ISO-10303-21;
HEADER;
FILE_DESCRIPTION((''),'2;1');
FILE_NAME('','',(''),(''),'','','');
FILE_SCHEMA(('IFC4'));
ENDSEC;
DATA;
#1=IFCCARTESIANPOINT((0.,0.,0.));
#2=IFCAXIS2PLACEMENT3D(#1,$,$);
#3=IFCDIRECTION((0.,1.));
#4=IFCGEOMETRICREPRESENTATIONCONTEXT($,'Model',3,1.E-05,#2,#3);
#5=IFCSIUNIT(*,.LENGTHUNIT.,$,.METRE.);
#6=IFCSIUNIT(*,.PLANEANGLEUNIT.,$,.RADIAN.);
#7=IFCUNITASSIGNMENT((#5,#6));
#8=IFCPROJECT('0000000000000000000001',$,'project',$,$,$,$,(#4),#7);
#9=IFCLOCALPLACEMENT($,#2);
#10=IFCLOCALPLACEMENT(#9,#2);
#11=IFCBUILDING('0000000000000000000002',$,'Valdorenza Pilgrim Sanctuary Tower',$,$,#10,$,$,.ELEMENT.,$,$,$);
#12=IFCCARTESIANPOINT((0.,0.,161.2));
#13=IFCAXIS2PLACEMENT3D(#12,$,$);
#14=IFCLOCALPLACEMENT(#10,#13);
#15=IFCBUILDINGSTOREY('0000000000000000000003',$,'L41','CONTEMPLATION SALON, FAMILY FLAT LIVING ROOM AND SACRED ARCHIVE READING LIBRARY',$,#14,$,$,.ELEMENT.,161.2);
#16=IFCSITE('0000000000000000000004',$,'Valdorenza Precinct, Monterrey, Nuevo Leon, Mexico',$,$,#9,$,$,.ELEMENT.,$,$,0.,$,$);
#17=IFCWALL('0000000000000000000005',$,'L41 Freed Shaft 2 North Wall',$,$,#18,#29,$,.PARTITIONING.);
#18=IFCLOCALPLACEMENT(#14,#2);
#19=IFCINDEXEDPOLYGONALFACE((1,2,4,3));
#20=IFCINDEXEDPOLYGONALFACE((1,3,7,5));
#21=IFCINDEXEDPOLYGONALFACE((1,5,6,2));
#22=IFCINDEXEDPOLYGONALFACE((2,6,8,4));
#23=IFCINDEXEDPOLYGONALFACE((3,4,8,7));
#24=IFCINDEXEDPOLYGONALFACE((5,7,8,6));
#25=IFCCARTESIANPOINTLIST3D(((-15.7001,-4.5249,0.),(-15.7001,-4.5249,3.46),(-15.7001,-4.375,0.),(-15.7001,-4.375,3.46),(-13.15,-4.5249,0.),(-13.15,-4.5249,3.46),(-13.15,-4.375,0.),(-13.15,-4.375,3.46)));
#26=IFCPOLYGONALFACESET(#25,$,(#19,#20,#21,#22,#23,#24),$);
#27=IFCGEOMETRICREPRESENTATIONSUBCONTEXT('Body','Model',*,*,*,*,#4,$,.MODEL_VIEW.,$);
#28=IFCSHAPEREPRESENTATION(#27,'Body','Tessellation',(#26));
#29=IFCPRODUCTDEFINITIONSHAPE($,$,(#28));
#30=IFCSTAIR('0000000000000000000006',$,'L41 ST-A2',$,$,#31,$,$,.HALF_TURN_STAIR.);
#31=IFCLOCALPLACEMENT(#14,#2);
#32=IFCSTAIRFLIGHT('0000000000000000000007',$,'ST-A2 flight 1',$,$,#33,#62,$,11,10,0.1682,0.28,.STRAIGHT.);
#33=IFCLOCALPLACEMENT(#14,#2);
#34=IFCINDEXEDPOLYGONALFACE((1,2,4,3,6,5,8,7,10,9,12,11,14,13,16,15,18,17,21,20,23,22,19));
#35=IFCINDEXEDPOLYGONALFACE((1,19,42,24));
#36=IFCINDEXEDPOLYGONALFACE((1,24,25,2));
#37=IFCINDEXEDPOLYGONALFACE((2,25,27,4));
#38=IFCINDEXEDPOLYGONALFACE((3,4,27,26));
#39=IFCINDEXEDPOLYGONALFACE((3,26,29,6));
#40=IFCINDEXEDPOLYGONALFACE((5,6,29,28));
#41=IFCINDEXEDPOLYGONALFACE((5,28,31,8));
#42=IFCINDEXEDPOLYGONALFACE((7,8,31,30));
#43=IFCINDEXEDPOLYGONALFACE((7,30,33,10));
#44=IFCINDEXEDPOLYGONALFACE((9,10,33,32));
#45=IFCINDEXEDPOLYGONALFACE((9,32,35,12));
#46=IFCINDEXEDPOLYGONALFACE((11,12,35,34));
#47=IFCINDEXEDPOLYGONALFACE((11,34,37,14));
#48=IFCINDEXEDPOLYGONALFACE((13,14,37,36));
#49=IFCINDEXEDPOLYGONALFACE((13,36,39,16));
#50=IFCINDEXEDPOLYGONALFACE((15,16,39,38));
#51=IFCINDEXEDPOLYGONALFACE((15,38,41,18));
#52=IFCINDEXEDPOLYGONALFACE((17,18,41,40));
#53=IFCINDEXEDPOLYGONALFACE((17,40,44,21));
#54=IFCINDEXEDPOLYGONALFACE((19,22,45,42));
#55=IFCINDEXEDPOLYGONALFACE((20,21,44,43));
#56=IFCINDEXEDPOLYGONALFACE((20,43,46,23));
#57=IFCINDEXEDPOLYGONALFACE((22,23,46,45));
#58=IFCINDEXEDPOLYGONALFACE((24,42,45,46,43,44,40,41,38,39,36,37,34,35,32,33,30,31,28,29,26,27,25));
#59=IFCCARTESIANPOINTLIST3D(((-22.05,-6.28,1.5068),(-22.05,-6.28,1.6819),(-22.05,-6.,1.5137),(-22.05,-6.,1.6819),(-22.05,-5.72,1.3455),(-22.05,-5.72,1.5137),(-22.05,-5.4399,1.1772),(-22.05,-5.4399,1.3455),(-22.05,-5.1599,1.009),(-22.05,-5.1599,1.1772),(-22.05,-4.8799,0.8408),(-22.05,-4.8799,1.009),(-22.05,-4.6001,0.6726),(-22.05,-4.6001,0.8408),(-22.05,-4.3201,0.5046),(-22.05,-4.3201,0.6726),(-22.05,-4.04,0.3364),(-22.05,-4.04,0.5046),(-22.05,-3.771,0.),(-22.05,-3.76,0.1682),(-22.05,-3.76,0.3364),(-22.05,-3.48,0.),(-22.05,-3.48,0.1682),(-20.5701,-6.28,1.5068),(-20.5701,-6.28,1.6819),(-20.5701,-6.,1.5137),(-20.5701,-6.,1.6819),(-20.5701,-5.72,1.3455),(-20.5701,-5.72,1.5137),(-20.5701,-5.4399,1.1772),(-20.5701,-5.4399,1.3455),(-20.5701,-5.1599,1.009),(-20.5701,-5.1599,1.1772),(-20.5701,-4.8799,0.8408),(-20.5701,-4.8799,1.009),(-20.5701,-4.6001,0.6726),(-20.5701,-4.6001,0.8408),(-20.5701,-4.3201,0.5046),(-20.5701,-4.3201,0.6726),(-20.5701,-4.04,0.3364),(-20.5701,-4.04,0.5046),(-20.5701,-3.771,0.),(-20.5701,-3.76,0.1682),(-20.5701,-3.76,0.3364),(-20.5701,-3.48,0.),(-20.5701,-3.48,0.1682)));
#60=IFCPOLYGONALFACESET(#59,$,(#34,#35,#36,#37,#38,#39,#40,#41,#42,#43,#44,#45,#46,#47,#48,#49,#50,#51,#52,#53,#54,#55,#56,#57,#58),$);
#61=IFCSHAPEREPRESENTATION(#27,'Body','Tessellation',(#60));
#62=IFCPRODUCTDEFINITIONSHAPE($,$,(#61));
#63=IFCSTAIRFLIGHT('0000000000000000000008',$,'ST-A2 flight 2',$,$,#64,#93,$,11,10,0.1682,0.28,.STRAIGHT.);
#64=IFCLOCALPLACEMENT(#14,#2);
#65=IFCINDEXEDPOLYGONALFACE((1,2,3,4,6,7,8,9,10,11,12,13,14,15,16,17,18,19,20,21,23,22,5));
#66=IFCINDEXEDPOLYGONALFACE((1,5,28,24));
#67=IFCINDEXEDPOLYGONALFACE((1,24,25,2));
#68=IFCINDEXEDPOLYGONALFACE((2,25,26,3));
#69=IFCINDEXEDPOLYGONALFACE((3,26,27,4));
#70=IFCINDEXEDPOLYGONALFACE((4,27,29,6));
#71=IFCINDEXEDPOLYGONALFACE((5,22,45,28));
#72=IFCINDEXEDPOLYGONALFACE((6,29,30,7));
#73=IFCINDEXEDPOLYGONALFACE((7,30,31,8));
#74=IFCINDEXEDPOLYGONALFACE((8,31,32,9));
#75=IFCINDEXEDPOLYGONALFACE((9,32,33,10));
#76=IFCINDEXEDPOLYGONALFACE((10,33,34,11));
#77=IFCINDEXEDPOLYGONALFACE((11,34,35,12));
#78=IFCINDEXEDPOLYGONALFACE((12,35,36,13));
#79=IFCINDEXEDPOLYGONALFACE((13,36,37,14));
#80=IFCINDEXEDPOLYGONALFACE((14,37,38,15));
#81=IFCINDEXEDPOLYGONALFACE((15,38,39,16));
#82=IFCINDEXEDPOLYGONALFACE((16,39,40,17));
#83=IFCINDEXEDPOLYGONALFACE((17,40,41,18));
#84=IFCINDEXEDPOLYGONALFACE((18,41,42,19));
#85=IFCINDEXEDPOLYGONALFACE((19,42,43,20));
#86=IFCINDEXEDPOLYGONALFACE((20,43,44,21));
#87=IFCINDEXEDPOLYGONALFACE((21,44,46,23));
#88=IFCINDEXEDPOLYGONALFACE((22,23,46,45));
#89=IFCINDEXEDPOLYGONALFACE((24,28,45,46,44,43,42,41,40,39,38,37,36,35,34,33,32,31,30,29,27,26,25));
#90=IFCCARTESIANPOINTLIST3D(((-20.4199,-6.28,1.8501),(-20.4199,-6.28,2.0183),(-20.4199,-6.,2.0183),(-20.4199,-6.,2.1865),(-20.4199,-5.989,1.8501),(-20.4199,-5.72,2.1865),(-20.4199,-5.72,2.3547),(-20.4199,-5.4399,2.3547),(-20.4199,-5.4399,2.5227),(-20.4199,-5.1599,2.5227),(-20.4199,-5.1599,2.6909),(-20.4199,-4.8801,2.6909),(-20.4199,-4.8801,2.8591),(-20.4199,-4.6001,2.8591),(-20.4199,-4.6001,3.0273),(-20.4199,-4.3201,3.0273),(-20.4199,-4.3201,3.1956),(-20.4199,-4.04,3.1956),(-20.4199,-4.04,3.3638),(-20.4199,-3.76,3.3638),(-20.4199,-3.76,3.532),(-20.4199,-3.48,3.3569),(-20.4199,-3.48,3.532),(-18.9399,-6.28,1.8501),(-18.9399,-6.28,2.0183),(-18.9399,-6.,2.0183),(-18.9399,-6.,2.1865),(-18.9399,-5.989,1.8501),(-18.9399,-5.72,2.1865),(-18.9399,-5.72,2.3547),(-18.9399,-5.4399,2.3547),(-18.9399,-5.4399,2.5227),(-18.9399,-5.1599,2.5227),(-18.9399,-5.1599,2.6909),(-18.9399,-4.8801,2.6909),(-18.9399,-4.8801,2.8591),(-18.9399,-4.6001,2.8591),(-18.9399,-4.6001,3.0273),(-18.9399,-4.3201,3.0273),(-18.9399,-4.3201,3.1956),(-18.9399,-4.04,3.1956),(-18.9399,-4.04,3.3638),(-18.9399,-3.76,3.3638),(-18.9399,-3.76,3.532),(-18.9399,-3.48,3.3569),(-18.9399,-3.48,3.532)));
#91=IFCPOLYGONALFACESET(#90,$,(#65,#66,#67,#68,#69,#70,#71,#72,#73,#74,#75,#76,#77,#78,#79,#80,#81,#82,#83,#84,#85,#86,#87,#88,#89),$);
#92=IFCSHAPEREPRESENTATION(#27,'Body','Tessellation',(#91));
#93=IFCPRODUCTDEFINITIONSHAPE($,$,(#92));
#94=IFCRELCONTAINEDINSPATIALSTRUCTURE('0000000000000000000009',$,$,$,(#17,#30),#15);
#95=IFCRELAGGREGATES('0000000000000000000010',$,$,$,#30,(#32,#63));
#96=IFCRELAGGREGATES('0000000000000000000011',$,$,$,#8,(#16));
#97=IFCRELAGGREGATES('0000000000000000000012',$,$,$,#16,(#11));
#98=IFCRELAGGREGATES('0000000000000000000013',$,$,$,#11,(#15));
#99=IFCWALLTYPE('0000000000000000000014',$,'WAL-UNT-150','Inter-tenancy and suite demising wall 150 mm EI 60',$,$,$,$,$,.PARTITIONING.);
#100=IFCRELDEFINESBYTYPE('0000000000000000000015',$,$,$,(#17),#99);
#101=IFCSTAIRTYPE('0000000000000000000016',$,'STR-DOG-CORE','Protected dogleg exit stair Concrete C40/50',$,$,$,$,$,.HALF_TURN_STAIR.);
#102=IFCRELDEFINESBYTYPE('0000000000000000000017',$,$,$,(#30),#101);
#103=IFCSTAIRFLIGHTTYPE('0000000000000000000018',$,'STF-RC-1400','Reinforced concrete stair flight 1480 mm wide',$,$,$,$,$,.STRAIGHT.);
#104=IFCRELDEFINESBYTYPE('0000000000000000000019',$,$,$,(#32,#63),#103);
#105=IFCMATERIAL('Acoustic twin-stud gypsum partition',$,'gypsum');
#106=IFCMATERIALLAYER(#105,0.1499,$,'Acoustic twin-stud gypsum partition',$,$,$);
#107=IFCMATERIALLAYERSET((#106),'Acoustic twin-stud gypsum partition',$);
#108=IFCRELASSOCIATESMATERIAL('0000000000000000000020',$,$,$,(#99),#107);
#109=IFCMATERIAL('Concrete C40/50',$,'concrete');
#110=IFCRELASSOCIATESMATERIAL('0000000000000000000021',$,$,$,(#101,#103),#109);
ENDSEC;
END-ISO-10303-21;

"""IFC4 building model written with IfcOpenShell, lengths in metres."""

from ifc_helpers import new_model, si_unit, direction, frame, frame_2d, origin, place, context, subcontext, project, spatial, polyline, rectangle, outline, extrude, material, layer, layer_set, type_object, element, aggregate, save


model = new_model("IFC4")

# Units and contexts
model_context = context("Model", 3, precision=1e-05, world=origin(), true_north=direction((0.0, 1.0)))
body_context = subcontext(model_context, "Body", "Model", "MODEL_VIEW")
ifc_project = project(units=[si_unit("LENGTHUNIT", "METRE"), si_unit("PLANEANGLEUNIT", "RADIAN")], contexts=[model_context])

# Site, building, storey
site_placement = place(None, origin())
site = spatial("IfcSite", under=ifc_project, at=site_placement, Name="Valdorenza Precinct, Monterrey, Nuevo Leon, Mexico", CompositionType="ELEMENT", RefElevation=0.0)
building_placement = place(site_placement, origin())
building = spatial("IfcBuilding", under=site, at=building_placement, Name="Valdorenza Pilgrim Sanctuary Tower", CompositionType="ELEMENT")
storey_placement = place(building_placement, frame((0.0, 0.0, 161.2)))
storey = spatial("IfcBuildingStorey", under=building, at=storey_placement, Name="L41", Description="CONTEMPLATION SALON, FAMILY FLAT LIVING ROOM AND SACRED ARCHIVE READING LIBRARY", CompositionType="ELEMENT", Elevation=161.2)

# Shared definitions
ifc_material_1 = material(Name="Acoustic twin-stud gypsum partition", Category="gypsum")

# Wall
ifc_material_2 = material(Name="Concrete C40/50", Category="concrete")
ifc_layer_1 = layer(ifc_material_1, 0.1499, Name="Acoustic twin-stud gypsum partition")
ifc_layer_set_1 = layer_set([ifc_layer_1], Name="Acoustic twin-stud gypsum partition")
wall_type_1 = type_object("IfcWallType", Name="WAL-UNT-150", Description="Inter-tenancy and suite demising wall 150 mm EI 60", PredefinedType="PARTITIONING", material=ifc_layer_set_1)
wall_1_placement = place(storey_placement, frame((-15.7, -4.45, 0.0), z_axis=(0.0, 0.0, 1.0), x_axis=(1.0, 0.0, 0.0)))
element("IfcWall", 1, at=wall_1_placement, inside=storey, type_object=wall_type_1, Name="L41 Freed Shaft 2 North Wall", PredefinedType="PARTITIONING", context=body_context, shape_type="SweptSolid", body=[
    extrude(rectangle(XDim=2.55, YDim=0.1499, at=frame_2d((1.2749, 0.0))), origin(), (0.0, 0.0, 1.0), 3.46),
])

# Stair, stair flights
stair_type = type_object("IfcStairType", Name="STR-DOG-CORE", Description="Protected dogleg exit stair Concrete C40/50", PredefinedType="HALF_TURN_STAIR", material=ifc_material_2)
stair_placement = place(storey_placement, origin())
stair = element("IfcStair", 2, at=stair_placement, inside=storey, type_object=stair_type, Name="L41 ST-A2", PredefinedType="HALF_TURN_STAIR")
stair_flight_type = type_object("IfcStairFlightType", Name="STF-RC-1400", Description="Reinforced concrete stair flight 1480 mm wide", PredefinedType="STRAIGHT", material=ifc_material_2)
stair_flight_1_placement = place(storey_placement, frame((-21.3101, -3.48, 0.0), z_axis=(0.0, 0.0, 1.0), x_axis=(0.0, -1.0, 0.0)))
stair_flight_1 = element("IfcStairFlight", 3, at=stair_flight_1_placement, type_object=stair_flight_type, Name="ST-A2 flight 1", NumberOfRisers=11, NumberOfTreads=10, PredefinedType="STRAIGHT", RiserHeight=0.1682, TreadLength=0.28, context=body_context, shape_type="SweptSolid", body=[
    extrude(outline(polyline([(0.0, 0.0), (0.0, 0.1682), (0.28, 0.1682), (0.28, 0.3364), (0.5601, 0.3364), (0.5601, 0.5046), (0.8401, 0.5046), (0.8401, 0.6726), (1.1201, 0.6726), (1.1201, 0.8408), (1.3999, 0.8408), (1.3999, 1.009), (1.6799, 1.009), (1.6799, 1.1772), (1.96, 1.1772), (1.96, 1.3455), (2.24, 1.3455), (2.24, 1.5137), (2.52, 1.5137), (2.52, 1.6819), (2.8, 1.6819), (2.8, 1.8501), (2.8, 1.5068), (0.291, 0.0), (0.0, 0.0)])), frame((0.0, 0.74, 0.0), z_axis=(0.0, -1.0, 0.0), x_axis=(1.0, 0.0, 0.0)), (0.0, 0.0, 1.0), 1.48),
])
stair_flight_2_placement = place(storey_placement, frame((-19.6799, -6.28, 1.8501), z_axis=(0.0, 0.0, 1.0), x_axis=(0.0, 1.0, 0.0)))
stair_flight_2 = element("IfcStairFlight", 4, at=stair_flight_2_placement, type_object=stair_flight_type, Name="ST-A2 flight 2", NumberOfRisers=11, NumberOfTreads=10, PredefinedType="STRAIGHT", RiserHeight=0.1682, TreadLength=0.28, context=body_context, shape_type="SweptSolid", body=[
    extrude(outline(polyline([(0.0, 0.0), (0.0, 0.1682), (0.28, 0.1682), (0.28, 0.3364), (0.5601, 0.3364), (0.5601, 0.5046), (0.8401, 0.5046), (0.8401, 0.6726), (1.1201, 0.6726), (1.1201, 0.8408), (1.3999, 0.8408), (1.3999, 1.009), (1.6799, 1.009), (1.6799, 1.1772), (1.96, 1.1772), (1.96, 1.3455), (2.24, 1.3455), (2.24, 1.5137), (2.52, 1.5137), (2.52, 1.6819), (2.8, 1.6819), (2.8, 1.8501), (2.8, 1.5068), (0.291, 0.0), (0.0, 0.0)])), frame((0.0, 0.74, 0.0), z_axis=(0.0, -1.0, 0.0), x_axis=(1.0, 0.0, 0.0)), (0.0, 0.0, 1.0), 1.48),
])
aggregate(stair, [stair_flight_1, stair_flight_2])

save(model, "model.ifc")
